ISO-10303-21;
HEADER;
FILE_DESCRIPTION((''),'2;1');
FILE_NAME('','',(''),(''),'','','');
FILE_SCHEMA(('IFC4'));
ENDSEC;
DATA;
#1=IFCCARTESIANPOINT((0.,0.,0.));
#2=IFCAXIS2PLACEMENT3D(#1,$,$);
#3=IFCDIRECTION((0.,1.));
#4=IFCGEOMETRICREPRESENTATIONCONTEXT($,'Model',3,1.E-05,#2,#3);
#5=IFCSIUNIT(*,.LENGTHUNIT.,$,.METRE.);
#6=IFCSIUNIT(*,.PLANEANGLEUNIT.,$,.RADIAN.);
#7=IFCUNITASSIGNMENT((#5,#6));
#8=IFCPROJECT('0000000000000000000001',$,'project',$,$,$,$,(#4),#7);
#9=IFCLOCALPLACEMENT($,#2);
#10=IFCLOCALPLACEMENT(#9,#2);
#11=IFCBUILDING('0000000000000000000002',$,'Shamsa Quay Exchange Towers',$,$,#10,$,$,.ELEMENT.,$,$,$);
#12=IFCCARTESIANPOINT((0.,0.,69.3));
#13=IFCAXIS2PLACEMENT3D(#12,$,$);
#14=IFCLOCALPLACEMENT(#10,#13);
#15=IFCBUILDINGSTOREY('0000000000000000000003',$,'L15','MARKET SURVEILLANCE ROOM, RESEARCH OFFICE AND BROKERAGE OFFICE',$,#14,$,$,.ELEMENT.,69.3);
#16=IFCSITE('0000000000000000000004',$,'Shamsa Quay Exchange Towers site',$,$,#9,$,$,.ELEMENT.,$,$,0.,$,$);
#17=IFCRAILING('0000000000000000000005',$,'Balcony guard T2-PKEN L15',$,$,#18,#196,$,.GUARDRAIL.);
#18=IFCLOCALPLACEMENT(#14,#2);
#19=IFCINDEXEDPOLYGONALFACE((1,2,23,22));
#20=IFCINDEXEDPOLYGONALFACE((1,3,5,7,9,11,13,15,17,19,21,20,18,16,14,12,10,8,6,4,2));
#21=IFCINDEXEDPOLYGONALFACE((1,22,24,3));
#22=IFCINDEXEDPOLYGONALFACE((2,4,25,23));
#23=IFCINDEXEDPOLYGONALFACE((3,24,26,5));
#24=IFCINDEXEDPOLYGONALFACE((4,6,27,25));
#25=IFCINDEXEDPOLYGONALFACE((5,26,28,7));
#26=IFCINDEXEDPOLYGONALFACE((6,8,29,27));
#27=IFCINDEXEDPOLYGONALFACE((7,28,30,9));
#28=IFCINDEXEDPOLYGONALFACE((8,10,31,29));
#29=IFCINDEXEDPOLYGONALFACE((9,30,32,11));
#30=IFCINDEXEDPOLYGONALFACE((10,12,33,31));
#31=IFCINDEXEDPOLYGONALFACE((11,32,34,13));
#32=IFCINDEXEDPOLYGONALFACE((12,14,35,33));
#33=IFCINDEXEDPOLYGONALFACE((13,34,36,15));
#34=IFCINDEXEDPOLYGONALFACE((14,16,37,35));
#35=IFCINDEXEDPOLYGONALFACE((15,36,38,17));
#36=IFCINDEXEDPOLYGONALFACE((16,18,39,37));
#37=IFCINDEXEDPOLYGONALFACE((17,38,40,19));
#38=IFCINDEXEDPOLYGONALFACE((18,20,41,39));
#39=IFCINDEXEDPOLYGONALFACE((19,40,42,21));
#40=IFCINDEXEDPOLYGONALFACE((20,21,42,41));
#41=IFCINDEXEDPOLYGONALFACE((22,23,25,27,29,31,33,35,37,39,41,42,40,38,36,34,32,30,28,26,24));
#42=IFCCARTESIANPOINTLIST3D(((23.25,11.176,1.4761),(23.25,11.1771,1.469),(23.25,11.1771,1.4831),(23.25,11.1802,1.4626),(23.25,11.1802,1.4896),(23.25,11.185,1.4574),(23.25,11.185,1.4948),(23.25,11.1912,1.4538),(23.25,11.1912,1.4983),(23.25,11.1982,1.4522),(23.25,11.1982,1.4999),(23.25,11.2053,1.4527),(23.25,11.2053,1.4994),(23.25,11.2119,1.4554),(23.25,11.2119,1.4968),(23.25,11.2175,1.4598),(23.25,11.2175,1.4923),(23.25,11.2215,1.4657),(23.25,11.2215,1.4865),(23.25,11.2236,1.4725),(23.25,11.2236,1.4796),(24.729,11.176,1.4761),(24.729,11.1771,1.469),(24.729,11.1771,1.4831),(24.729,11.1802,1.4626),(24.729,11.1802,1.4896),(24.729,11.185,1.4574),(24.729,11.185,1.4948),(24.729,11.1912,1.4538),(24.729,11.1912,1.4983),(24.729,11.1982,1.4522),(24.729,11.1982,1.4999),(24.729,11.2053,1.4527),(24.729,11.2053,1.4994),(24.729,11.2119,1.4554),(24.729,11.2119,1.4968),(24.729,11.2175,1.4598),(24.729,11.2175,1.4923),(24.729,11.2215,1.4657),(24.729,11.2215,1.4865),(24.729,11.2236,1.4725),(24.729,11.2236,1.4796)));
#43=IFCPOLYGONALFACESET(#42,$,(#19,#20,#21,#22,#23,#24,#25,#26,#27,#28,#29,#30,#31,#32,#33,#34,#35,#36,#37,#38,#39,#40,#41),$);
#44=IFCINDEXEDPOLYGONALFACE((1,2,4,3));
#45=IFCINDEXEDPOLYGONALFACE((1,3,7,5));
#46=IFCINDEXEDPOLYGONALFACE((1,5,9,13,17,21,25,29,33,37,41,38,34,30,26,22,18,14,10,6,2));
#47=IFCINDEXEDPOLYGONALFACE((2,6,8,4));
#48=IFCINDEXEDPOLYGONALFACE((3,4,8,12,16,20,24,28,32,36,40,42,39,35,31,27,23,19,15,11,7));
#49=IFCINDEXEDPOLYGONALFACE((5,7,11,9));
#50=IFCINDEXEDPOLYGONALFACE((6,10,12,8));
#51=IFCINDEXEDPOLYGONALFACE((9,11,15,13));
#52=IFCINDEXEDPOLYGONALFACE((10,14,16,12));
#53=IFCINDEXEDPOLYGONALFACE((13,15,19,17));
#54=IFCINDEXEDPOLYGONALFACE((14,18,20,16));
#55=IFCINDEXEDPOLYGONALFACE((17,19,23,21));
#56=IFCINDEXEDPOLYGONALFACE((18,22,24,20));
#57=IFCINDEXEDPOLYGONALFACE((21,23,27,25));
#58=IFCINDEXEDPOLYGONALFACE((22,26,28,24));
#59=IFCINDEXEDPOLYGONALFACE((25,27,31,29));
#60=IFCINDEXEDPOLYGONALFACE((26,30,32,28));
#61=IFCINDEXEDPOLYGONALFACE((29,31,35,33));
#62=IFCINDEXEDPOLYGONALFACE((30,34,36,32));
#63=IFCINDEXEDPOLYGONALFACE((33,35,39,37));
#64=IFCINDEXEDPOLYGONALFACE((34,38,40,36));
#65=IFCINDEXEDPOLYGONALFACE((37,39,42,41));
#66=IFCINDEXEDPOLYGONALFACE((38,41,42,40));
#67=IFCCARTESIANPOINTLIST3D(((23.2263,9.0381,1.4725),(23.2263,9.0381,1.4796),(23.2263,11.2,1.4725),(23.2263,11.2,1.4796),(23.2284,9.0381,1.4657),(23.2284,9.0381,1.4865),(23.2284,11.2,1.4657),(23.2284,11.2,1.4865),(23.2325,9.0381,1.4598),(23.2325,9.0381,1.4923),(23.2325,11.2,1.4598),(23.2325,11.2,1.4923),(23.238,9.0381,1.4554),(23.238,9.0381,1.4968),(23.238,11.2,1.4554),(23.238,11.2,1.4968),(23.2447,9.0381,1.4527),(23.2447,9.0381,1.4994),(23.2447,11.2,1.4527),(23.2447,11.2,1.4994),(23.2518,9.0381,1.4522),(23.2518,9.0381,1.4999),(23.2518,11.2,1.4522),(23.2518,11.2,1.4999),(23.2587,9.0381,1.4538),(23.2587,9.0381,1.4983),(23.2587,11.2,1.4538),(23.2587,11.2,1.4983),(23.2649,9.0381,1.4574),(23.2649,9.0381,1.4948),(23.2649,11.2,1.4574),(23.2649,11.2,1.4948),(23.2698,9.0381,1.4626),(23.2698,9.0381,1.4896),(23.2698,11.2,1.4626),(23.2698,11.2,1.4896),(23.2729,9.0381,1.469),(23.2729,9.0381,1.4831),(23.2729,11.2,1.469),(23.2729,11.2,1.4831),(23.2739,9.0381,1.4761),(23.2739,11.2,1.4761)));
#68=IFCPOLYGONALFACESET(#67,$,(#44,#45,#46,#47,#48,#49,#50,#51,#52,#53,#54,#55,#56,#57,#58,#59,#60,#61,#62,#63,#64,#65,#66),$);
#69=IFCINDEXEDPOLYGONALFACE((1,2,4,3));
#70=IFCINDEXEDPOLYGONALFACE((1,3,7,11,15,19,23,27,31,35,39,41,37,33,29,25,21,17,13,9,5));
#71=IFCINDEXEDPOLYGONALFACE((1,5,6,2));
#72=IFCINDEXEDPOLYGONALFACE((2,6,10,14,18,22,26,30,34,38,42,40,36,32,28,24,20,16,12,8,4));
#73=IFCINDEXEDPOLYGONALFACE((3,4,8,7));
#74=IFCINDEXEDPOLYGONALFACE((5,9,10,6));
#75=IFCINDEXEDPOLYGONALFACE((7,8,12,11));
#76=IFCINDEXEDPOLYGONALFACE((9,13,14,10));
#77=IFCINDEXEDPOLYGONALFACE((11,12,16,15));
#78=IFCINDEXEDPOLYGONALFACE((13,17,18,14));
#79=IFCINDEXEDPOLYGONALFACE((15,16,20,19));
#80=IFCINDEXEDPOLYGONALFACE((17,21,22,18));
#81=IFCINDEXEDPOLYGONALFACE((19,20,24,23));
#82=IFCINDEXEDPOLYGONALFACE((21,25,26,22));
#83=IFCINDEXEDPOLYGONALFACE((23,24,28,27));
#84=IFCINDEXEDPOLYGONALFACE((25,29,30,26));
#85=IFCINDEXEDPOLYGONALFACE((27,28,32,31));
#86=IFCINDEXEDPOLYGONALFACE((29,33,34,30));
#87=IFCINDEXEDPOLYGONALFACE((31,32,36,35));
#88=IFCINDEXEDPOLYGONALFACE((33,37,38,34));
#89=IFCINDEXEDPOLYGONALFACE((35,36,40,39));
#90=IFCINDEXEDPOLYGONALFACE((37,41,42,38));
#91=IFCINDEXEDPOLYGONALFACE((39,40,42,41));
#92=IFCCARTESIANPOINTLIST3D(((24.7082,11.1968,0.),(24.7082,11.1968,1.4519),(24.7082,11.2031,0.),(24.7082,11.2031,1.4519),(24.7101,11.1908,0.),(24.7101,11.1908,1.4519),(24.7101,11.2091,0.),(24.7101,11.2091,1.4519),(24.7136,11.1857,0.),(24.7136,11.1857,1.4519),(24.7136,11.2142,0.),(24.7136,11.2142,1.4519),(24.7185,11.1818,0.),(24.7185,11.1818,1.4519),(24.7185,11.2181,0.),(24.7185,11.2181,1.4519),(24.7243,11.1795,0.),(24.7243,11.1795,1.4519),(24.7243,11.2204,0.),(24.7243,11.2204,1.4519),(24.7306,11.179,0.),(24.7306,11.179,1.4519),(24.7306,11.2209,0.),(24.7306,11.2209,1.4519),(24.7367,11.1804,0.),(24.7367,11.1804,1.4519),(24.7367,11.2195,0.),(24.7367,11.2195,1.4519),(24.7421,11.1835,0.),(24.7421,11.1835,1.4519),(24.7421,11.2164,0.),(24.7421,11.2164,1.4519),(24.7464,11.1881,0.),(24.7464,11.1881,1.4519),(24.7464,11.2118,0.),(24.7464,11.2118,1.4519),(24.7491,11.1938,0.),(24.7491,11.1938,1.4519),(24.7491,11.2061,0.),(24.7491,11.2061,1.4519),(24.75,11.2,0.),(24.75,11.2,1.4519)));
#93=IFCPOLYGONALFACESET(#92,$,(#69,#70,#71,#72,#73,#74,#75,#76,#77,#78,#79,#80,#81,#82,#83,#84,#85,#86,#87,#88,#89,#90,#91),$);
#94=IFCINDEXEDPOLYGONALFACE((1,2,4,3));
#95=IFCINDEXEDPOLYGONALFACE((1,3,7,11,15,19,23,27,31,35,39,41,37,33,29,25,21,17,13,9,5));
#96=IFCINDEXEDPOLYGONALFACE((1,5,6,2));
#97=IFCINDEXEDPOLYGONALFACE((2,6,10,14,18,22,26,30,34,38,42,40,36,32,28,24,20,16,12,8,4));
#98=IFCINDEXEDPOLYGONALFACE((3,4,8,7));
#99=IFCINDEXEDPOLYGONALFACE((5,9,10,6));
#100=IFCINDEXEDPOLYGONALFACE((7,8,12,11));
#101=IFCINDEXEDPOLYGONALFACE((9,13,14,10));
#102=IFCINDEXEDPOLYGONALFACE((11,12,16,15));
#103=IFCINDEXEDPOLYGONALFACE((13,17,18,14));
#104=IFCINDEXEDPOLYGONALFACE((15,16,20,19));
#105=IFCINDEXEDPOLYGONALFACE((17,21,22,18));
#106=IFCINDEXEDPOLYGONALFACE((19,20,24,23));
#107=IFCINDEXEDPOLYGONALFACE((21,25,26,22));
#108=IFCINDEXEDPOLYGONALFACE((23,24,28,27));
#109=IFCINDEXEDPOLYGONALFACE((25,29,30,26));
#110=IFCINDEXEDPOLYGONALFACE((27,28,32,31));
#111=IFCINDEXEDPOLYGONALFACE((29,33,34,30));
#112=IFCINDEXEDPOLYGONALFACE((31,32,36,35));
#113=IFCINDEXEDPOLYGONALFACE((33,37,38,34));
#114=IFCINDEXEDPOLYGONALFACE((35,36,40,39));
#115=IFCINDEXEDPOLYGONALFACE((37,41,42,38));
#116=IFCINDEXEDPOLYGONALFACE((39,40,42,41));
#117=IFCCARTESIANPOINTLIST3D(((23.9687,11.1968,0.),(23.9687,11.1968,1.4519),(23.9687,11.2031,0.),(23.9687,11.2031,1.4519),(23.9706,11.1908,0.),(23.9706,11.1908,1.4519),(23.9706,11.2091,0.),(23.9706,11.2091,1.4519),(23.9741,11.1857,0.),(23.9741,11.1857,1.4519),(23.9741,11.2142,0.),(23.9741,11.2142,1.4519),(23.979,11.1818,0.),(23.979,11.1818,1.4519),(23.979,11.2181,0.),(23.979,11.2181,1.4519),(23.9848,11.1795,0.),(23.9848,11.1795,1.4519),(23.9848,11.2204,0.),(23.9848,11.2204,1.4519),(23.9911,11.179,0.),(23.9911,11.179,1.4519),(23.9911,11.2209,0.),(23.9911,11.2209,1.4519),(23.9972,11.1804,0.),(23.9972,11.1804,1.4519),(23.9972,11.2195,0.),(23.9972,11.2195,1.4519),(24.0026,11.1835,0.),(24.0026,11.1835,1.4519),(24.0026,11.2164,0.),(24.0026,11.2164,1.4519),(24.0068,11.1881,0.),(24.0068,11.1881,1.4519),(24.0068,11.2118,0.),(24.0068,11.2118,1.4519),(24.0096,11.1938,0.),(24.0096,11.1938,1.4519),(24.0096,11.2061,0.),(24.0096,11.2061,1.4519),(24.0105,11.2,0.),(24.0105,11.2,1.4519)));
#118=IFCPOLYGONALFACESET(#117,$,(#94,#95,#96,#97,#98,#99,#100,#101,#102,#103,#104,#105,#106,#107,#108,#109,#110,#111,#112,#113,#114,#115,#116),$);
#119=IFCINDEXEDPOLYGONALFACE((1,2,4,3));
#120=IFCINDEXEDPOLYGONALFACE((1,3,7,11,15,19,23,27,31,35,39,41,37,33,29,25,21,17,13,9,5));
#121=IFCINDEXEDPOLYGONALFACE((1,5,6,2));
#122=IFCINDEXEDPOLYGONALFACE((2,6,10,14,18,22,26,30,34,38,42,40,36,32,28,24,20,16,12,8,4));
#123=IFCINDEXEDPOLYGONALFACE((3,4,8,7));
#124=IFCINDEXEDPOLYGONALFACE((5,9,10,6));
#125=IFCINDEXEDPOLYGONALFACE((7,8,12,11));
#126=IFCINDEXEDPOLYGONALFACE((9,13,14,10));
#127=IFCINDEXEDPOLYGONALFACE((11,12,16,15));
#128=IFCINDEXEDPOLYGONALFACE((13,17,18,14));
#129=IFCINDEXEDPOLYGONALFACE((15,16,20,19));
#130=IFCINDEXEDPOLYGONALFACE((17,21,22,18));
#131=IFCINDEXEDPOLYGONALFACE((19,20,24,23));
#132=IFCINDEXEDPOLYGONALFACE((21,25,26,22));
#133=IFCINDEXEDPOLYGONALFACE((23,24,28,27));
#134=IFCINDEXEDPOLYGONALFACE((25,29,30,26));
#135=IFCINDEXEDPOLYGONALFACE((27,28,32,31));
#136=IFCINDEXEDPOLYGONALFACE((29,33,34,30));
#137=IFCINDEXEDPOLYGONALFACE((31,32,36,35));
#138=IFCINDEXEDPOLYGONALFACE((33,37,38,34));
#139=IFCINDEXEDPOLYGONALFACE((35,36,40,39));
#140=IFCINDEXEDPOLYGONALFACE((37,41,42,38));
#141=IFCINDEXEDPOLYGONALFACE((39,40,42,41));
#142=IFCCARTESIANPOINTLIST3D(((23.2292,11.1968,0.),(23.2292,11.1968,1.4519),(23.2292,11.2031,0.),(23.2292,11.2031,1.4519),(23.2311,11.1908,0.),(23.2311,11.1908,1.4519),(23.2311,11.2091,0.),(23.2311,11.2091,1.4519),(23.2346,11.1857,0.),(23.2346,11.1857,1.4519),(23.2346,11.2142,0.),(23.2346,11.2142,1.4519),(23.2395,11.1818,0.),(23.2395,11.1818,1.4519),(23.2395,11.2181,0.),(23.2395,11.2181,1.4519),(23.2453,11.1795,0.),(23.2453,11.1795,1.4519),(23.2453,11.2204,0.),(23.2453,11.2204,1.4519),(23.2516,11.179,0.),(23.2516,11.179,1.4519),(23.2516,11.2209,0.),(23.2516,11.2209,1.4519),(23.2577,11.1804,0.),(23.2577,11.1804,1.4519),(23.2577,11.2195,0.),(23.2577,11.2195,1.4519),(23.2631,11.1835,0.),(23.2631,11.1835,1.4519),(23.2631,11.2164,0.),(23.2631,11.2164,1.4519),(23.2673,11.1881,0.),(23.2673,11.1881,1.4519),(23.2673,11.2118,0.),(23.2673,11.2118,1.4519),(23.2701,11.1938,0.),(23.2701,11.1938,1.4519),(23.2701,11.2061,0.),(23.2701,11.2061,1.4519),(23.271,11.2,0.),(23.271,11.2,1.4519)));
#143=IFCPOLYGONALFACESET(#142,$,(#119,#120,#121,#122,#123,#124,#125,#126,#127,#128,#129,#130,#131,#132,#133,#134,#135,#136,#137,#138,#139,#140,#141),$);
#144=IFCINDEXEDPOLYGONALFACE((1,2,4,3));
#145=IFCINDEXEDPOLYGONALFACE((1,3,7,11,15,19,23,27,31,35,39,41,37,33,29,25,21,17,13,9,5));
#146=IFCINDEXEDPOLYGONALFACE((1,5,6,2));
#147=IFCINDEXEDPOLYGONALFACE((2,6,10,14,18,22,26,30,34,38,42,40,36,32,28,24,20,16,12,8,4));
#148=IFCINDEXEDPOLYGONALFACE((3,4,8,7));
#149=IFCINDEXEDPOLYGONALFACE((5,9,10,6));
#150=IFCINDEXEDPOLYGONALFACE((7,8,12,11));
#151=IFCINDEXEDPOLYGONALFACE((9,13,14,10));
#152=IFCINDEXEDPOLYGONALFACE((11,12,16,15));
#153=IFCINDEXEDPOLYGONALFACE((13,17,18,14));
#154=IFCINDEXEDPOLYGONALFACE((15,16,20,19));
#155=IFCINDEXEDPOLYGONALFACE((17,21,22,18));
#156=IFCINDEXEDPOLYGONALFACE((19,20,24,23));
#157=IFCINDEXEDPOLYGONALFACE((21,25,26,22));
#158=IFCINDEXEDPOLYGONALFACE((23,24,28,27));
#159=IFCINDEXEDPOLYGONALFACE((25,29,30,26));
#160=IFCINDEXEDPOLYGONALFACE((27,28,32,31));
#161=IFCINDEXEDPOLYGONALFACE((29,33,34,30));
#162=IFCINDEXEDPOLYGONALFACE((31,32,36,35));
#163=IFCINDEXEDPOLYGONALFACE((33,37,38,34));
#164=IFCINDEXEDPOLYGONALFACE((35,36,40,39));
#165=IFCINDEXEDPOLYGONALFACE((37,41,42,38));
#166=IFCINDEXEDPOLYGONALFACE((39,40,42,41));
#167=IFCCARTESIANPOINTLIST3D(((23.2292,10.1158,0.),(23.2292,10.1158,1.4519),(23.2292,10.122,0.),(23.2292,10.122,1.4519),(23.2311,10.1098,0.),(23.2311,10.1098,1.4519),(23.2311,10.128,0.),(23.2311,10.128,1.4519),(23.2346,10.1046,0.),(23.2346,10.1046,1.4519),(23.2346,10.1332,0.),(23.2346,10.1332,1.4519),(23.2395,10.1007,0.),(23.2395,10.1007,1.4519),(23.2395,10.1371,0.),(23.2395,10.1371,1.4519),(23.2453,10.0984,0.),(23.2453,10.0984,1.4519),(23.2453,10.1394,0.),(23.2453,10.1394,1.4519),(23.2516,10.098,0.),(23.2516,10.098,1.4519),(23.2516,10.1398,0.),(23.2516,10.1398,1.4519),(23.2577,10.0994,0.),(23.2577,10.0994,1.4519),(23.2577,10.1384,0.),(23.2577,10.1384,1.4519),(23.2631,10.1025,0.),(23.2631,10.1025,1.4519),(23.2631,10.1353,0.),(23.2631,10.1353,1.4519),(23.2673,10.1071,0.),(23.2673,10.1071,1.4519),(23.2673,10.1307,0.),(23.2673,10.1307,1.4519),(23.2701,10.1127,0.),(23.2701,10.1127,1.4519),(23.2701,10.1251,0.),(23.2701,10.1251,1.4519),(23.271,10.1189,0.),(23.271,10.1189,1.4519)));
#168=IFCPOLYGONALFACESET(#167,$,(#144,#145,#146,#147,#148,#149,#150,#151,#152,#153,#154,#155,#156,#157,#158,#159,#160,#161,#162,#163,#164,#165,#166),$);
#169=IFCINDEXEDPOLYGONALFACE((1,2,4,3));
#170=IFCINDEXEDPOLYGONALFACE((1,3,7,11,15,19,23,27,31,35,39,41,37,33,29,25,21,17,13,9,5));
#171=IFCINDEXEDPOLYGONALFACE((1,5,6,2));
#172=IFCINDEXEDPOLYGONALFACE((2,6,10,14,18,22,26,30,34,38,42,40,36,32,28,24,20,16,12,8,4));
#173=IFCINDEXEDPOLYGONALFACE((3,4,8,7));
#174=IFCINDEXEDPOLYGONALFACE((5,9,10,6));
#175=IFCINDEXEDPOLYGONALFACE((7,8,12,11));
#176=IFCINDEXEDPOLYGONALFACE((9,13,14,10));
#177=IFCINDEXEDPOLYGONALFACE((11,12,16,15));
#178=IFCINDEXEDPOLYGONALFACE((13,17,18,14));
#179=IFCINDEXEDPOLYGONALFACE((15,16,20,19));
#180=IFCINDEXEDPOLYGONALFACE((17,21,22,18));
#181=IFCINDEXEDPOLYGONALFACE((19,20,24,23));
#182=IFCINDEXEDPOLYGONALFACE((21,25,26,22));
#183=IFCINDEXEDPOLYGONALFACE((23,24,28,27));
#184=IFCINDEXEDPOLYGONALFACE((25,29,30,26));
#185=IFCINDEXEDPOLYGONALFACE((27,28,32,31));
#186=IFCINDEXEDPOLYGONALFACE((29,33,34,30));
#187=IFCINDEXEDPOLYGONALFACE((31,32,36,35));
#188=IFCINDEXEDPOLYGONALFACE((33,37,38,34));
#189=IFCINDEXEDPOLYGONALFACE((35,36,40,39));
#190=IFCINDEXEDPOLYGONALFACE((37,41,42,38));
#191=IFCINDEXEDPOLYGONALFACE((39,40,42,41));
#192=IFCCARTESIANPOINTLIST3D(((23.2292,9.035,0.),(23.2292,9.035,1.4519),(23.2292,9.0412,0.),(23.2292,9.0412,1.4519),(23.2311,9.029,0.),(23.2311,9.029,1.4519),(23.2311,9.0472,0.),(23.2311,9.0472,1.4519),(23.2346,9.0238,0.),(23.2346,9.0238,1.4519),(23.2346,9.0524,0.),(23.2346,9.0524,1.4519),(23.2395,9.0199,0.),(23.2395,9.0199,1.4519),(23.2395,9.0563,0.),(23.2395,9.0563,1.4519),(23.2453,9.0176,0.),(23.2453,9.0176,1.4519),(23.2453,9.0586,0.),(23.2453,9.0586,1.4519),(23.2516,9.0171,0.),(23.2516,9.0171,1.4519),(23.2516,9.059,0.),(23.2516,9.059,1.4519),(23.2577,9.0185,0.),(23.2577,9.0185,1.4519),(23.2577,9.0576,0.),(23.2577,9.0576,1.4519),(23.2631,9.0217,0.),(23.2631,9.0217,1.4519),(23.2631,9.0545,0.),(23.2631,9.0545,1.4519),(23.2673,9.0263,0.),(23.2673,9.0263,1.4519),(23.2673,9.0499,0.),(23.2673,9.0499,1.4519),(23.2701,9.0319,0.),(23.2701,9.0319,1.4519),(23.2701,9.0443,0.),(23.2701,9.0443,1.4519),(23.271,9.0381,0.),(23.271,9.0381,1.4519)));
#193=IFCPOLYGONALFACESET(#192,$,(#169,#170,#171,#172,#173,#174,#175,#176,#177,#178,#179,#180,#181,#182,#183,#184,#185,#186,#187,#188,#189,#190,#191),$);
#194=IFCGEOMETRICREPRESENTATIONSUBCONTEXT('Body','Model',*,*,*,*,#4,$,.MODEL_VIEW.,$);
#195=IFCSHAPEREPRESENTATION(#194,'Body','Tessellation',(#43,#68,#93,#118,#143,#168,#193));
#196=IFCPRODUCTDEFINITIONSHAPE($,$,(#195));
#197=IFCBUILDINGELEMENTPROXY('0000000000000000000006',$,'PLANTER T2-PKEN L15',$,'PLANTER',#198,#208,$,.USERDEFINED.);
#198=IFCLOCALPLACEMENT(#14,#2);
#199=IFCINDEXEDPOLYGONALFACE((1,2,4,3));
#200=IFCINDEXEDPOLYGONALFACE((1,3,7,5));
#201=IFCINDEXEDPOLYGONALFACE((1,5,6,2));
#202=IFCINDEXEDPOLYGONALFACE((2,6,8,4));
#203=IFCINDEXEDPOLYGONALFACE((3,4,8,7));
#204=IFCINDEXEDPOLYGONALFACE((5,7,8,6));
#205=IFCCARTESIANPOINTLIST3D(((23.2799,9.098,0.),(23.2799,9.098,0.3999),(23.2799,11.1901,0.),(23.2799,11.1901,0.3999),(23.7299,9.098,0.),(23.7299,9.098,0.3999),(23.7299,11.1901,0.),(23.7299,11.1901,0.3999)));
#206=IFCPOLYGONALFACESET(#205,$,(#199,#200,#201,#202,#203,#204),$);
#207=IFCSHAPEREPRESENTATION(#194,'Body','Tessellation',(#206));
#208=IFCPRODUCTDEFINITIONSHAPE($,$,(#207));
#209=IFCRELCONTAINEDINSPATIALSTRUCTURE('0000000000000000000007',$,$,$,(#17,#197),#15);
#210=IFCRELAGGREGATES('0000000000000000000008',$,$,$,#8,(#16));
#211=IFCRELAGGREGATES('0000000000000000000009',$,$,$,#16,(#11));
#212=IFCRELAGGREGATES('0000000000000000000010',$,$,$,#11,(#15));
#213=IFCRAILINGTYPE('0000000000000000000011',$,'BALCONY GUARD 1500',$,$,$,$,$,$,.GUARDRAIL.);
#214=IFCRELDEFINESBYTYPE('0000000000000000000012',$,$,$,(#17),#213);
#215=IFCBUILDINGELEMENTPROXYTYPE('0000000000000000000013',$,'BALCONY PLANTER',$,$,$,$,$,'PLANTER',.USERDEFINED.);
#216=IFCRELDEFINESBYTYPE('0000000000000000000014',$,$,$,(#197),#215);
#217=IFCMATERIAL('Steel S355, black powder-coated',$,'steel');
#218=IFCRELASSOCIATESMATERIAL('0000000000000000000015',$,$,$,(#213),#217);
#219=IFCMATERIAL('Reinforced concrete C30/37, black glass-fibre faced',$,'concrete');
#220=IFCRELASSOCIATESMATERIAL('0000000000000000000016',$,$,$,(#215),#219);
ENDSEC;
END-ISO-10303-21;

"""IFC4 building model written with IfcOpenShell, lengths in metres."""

from ifc_helpers import new_model, si_unit, direction, frame, origin, origin_2d, place, context, subcontext, project, spatial, rectangle, circle, extrude, material, type_object, element, save


model = new_model("IFC4")

# Units and contexts
model_context = context("Model", 3, precision=1e-05, world=origin(), true_north=direction((0.0, 1.0)))
body_context = subcontext(model_context, "Body", "Model", "MODEL_VIEW")
ifc_project = project(units=[si_unit("LENGTHUNIT", "METRE"), si_unit("PLANEANGLEUNIT", "RADIAN")], contexts=[model_context])

# Site, building, storey
site_placement = place(None, origin())
site = spatial("IfcSite", under=ifc_project, at=site_placement, Name="Shamsa Quay Exchange Towers site", CompositionType="ELEMENT", RefElevation=0.0)
building_placement = place(site_placement, origin())
building = spatial("IfcBuilding", under=site, at=building_placement, Name="Shamsa Quay Exchange Towers", CompositionType="ELEMENT")
storey_placement = place(building_placement, frame((0.0, 0.0, 69.3)))
storey = spatial("IfcBuildingStorey", under=building, at=storey_placement, Name="L15", Description="MARKET SURVEILLANCE ROOM, RESEARCH OFFICE AND BROKERAGE OFFICE", CompositionType="ELEMENT", Elevation=69.3)

# Railing
ifc_material_1 = material(Name="Steel S355, black powder-coated", Category="steel")
railing_type = type_object("IfcRailingType", Name="BALCONY GUARD 1500", PredefinedType="GUARDRAIL", material=ifc_material_1)
railing_placement = place(storey_placement, frame((24.729, 11.2, 0.0)))
element("IfcRailing", 1, at=railing_placement, inside=storey, type_object=railing_type, Name="Balcony guard T2-PKEN L15", PredefinedType="GUARDRAIL", context=body_context, shape_type="SweptSolid", body=[
    extrude(circle(Radius=0.0239, at=origin_2d()), frame((0.0, 0.0, 1.4761), z_axis=(-1.0, 0.0, 0.0), x_axis=(0.0, -1.0, 0.0)), (0.0, 0.0, 1.0), 1.479),
    extrude(circle(Radius=0.0239, at=origin_2d()), frame((-1.479, 0.0, 1.4761), z_axis=(0.0, -1.0, 0.0), x_axis=(1.0, 0.0, 0.0)), (0.0, 0.0, 1.0), 2.1619),
    extrude(circle(Radius=0.021, at=origin_2d()), origin(), (0.0, 0.0, 1.0), 1.4519),
    extrude(circle(Radius=0.021, at=origin_2d()), frame((-0.7395, 0.0, 0.0)), (0.0, 0.0, 1.0), 1.4519),
    extrude(circle(Radius=0.021, at=origin_2d()), frame((-1.479, 0.0, 0.0)), (0.0, 0.0, 1.0), 1.4519),
    extrude(circle(Radius=0.021, at=origin_2d()), frame((-1.479, -1.0811, 0.0)), (0.0, 0.0, 1.0), 1.4519),
    extrude(circle(Radius=0.021, at=origin_2d()), frame((-1.479, -2.1619, 0.0)), (0.0, 0.0, 1.0), 1.4519),
])

# Building element proxy
ifc_material_2 = material(Name="Reinforced concrete C30/37, black glass-fibre faced", Category="concrete")
building_element_proxy_type = type_object("IfcBuildingElementProxyType", Name="BALCONY PLANTER", ElementType="PLANTER", PredefinedType="USERDEFINED", material=ifc_material_2)
proxy_placement = place(storey_placement, frame((23.5049, 10.144, 0.0), z_axis=(0.0, 0.0, 1.0), x_axis=(0.0, -1.0, 0.0)))
element("IfcBuildingElementProxy", 2, at=proxy_placement, inside=storey, type_object=building_element_proxy_type, Name="PLANTER T2-PKEN L15", ObjectType="PLANTER", PredefinedType="USERDEFINED", context=body_context, shape_type="SweptSolid", body=[
    extrude(rectangle(XDim=2.092, YDim=0.45, at=origin_2d()), origin(), (0.0, 0.0, 1.0), 0.3999),
])

save(model, "model.ifc")
